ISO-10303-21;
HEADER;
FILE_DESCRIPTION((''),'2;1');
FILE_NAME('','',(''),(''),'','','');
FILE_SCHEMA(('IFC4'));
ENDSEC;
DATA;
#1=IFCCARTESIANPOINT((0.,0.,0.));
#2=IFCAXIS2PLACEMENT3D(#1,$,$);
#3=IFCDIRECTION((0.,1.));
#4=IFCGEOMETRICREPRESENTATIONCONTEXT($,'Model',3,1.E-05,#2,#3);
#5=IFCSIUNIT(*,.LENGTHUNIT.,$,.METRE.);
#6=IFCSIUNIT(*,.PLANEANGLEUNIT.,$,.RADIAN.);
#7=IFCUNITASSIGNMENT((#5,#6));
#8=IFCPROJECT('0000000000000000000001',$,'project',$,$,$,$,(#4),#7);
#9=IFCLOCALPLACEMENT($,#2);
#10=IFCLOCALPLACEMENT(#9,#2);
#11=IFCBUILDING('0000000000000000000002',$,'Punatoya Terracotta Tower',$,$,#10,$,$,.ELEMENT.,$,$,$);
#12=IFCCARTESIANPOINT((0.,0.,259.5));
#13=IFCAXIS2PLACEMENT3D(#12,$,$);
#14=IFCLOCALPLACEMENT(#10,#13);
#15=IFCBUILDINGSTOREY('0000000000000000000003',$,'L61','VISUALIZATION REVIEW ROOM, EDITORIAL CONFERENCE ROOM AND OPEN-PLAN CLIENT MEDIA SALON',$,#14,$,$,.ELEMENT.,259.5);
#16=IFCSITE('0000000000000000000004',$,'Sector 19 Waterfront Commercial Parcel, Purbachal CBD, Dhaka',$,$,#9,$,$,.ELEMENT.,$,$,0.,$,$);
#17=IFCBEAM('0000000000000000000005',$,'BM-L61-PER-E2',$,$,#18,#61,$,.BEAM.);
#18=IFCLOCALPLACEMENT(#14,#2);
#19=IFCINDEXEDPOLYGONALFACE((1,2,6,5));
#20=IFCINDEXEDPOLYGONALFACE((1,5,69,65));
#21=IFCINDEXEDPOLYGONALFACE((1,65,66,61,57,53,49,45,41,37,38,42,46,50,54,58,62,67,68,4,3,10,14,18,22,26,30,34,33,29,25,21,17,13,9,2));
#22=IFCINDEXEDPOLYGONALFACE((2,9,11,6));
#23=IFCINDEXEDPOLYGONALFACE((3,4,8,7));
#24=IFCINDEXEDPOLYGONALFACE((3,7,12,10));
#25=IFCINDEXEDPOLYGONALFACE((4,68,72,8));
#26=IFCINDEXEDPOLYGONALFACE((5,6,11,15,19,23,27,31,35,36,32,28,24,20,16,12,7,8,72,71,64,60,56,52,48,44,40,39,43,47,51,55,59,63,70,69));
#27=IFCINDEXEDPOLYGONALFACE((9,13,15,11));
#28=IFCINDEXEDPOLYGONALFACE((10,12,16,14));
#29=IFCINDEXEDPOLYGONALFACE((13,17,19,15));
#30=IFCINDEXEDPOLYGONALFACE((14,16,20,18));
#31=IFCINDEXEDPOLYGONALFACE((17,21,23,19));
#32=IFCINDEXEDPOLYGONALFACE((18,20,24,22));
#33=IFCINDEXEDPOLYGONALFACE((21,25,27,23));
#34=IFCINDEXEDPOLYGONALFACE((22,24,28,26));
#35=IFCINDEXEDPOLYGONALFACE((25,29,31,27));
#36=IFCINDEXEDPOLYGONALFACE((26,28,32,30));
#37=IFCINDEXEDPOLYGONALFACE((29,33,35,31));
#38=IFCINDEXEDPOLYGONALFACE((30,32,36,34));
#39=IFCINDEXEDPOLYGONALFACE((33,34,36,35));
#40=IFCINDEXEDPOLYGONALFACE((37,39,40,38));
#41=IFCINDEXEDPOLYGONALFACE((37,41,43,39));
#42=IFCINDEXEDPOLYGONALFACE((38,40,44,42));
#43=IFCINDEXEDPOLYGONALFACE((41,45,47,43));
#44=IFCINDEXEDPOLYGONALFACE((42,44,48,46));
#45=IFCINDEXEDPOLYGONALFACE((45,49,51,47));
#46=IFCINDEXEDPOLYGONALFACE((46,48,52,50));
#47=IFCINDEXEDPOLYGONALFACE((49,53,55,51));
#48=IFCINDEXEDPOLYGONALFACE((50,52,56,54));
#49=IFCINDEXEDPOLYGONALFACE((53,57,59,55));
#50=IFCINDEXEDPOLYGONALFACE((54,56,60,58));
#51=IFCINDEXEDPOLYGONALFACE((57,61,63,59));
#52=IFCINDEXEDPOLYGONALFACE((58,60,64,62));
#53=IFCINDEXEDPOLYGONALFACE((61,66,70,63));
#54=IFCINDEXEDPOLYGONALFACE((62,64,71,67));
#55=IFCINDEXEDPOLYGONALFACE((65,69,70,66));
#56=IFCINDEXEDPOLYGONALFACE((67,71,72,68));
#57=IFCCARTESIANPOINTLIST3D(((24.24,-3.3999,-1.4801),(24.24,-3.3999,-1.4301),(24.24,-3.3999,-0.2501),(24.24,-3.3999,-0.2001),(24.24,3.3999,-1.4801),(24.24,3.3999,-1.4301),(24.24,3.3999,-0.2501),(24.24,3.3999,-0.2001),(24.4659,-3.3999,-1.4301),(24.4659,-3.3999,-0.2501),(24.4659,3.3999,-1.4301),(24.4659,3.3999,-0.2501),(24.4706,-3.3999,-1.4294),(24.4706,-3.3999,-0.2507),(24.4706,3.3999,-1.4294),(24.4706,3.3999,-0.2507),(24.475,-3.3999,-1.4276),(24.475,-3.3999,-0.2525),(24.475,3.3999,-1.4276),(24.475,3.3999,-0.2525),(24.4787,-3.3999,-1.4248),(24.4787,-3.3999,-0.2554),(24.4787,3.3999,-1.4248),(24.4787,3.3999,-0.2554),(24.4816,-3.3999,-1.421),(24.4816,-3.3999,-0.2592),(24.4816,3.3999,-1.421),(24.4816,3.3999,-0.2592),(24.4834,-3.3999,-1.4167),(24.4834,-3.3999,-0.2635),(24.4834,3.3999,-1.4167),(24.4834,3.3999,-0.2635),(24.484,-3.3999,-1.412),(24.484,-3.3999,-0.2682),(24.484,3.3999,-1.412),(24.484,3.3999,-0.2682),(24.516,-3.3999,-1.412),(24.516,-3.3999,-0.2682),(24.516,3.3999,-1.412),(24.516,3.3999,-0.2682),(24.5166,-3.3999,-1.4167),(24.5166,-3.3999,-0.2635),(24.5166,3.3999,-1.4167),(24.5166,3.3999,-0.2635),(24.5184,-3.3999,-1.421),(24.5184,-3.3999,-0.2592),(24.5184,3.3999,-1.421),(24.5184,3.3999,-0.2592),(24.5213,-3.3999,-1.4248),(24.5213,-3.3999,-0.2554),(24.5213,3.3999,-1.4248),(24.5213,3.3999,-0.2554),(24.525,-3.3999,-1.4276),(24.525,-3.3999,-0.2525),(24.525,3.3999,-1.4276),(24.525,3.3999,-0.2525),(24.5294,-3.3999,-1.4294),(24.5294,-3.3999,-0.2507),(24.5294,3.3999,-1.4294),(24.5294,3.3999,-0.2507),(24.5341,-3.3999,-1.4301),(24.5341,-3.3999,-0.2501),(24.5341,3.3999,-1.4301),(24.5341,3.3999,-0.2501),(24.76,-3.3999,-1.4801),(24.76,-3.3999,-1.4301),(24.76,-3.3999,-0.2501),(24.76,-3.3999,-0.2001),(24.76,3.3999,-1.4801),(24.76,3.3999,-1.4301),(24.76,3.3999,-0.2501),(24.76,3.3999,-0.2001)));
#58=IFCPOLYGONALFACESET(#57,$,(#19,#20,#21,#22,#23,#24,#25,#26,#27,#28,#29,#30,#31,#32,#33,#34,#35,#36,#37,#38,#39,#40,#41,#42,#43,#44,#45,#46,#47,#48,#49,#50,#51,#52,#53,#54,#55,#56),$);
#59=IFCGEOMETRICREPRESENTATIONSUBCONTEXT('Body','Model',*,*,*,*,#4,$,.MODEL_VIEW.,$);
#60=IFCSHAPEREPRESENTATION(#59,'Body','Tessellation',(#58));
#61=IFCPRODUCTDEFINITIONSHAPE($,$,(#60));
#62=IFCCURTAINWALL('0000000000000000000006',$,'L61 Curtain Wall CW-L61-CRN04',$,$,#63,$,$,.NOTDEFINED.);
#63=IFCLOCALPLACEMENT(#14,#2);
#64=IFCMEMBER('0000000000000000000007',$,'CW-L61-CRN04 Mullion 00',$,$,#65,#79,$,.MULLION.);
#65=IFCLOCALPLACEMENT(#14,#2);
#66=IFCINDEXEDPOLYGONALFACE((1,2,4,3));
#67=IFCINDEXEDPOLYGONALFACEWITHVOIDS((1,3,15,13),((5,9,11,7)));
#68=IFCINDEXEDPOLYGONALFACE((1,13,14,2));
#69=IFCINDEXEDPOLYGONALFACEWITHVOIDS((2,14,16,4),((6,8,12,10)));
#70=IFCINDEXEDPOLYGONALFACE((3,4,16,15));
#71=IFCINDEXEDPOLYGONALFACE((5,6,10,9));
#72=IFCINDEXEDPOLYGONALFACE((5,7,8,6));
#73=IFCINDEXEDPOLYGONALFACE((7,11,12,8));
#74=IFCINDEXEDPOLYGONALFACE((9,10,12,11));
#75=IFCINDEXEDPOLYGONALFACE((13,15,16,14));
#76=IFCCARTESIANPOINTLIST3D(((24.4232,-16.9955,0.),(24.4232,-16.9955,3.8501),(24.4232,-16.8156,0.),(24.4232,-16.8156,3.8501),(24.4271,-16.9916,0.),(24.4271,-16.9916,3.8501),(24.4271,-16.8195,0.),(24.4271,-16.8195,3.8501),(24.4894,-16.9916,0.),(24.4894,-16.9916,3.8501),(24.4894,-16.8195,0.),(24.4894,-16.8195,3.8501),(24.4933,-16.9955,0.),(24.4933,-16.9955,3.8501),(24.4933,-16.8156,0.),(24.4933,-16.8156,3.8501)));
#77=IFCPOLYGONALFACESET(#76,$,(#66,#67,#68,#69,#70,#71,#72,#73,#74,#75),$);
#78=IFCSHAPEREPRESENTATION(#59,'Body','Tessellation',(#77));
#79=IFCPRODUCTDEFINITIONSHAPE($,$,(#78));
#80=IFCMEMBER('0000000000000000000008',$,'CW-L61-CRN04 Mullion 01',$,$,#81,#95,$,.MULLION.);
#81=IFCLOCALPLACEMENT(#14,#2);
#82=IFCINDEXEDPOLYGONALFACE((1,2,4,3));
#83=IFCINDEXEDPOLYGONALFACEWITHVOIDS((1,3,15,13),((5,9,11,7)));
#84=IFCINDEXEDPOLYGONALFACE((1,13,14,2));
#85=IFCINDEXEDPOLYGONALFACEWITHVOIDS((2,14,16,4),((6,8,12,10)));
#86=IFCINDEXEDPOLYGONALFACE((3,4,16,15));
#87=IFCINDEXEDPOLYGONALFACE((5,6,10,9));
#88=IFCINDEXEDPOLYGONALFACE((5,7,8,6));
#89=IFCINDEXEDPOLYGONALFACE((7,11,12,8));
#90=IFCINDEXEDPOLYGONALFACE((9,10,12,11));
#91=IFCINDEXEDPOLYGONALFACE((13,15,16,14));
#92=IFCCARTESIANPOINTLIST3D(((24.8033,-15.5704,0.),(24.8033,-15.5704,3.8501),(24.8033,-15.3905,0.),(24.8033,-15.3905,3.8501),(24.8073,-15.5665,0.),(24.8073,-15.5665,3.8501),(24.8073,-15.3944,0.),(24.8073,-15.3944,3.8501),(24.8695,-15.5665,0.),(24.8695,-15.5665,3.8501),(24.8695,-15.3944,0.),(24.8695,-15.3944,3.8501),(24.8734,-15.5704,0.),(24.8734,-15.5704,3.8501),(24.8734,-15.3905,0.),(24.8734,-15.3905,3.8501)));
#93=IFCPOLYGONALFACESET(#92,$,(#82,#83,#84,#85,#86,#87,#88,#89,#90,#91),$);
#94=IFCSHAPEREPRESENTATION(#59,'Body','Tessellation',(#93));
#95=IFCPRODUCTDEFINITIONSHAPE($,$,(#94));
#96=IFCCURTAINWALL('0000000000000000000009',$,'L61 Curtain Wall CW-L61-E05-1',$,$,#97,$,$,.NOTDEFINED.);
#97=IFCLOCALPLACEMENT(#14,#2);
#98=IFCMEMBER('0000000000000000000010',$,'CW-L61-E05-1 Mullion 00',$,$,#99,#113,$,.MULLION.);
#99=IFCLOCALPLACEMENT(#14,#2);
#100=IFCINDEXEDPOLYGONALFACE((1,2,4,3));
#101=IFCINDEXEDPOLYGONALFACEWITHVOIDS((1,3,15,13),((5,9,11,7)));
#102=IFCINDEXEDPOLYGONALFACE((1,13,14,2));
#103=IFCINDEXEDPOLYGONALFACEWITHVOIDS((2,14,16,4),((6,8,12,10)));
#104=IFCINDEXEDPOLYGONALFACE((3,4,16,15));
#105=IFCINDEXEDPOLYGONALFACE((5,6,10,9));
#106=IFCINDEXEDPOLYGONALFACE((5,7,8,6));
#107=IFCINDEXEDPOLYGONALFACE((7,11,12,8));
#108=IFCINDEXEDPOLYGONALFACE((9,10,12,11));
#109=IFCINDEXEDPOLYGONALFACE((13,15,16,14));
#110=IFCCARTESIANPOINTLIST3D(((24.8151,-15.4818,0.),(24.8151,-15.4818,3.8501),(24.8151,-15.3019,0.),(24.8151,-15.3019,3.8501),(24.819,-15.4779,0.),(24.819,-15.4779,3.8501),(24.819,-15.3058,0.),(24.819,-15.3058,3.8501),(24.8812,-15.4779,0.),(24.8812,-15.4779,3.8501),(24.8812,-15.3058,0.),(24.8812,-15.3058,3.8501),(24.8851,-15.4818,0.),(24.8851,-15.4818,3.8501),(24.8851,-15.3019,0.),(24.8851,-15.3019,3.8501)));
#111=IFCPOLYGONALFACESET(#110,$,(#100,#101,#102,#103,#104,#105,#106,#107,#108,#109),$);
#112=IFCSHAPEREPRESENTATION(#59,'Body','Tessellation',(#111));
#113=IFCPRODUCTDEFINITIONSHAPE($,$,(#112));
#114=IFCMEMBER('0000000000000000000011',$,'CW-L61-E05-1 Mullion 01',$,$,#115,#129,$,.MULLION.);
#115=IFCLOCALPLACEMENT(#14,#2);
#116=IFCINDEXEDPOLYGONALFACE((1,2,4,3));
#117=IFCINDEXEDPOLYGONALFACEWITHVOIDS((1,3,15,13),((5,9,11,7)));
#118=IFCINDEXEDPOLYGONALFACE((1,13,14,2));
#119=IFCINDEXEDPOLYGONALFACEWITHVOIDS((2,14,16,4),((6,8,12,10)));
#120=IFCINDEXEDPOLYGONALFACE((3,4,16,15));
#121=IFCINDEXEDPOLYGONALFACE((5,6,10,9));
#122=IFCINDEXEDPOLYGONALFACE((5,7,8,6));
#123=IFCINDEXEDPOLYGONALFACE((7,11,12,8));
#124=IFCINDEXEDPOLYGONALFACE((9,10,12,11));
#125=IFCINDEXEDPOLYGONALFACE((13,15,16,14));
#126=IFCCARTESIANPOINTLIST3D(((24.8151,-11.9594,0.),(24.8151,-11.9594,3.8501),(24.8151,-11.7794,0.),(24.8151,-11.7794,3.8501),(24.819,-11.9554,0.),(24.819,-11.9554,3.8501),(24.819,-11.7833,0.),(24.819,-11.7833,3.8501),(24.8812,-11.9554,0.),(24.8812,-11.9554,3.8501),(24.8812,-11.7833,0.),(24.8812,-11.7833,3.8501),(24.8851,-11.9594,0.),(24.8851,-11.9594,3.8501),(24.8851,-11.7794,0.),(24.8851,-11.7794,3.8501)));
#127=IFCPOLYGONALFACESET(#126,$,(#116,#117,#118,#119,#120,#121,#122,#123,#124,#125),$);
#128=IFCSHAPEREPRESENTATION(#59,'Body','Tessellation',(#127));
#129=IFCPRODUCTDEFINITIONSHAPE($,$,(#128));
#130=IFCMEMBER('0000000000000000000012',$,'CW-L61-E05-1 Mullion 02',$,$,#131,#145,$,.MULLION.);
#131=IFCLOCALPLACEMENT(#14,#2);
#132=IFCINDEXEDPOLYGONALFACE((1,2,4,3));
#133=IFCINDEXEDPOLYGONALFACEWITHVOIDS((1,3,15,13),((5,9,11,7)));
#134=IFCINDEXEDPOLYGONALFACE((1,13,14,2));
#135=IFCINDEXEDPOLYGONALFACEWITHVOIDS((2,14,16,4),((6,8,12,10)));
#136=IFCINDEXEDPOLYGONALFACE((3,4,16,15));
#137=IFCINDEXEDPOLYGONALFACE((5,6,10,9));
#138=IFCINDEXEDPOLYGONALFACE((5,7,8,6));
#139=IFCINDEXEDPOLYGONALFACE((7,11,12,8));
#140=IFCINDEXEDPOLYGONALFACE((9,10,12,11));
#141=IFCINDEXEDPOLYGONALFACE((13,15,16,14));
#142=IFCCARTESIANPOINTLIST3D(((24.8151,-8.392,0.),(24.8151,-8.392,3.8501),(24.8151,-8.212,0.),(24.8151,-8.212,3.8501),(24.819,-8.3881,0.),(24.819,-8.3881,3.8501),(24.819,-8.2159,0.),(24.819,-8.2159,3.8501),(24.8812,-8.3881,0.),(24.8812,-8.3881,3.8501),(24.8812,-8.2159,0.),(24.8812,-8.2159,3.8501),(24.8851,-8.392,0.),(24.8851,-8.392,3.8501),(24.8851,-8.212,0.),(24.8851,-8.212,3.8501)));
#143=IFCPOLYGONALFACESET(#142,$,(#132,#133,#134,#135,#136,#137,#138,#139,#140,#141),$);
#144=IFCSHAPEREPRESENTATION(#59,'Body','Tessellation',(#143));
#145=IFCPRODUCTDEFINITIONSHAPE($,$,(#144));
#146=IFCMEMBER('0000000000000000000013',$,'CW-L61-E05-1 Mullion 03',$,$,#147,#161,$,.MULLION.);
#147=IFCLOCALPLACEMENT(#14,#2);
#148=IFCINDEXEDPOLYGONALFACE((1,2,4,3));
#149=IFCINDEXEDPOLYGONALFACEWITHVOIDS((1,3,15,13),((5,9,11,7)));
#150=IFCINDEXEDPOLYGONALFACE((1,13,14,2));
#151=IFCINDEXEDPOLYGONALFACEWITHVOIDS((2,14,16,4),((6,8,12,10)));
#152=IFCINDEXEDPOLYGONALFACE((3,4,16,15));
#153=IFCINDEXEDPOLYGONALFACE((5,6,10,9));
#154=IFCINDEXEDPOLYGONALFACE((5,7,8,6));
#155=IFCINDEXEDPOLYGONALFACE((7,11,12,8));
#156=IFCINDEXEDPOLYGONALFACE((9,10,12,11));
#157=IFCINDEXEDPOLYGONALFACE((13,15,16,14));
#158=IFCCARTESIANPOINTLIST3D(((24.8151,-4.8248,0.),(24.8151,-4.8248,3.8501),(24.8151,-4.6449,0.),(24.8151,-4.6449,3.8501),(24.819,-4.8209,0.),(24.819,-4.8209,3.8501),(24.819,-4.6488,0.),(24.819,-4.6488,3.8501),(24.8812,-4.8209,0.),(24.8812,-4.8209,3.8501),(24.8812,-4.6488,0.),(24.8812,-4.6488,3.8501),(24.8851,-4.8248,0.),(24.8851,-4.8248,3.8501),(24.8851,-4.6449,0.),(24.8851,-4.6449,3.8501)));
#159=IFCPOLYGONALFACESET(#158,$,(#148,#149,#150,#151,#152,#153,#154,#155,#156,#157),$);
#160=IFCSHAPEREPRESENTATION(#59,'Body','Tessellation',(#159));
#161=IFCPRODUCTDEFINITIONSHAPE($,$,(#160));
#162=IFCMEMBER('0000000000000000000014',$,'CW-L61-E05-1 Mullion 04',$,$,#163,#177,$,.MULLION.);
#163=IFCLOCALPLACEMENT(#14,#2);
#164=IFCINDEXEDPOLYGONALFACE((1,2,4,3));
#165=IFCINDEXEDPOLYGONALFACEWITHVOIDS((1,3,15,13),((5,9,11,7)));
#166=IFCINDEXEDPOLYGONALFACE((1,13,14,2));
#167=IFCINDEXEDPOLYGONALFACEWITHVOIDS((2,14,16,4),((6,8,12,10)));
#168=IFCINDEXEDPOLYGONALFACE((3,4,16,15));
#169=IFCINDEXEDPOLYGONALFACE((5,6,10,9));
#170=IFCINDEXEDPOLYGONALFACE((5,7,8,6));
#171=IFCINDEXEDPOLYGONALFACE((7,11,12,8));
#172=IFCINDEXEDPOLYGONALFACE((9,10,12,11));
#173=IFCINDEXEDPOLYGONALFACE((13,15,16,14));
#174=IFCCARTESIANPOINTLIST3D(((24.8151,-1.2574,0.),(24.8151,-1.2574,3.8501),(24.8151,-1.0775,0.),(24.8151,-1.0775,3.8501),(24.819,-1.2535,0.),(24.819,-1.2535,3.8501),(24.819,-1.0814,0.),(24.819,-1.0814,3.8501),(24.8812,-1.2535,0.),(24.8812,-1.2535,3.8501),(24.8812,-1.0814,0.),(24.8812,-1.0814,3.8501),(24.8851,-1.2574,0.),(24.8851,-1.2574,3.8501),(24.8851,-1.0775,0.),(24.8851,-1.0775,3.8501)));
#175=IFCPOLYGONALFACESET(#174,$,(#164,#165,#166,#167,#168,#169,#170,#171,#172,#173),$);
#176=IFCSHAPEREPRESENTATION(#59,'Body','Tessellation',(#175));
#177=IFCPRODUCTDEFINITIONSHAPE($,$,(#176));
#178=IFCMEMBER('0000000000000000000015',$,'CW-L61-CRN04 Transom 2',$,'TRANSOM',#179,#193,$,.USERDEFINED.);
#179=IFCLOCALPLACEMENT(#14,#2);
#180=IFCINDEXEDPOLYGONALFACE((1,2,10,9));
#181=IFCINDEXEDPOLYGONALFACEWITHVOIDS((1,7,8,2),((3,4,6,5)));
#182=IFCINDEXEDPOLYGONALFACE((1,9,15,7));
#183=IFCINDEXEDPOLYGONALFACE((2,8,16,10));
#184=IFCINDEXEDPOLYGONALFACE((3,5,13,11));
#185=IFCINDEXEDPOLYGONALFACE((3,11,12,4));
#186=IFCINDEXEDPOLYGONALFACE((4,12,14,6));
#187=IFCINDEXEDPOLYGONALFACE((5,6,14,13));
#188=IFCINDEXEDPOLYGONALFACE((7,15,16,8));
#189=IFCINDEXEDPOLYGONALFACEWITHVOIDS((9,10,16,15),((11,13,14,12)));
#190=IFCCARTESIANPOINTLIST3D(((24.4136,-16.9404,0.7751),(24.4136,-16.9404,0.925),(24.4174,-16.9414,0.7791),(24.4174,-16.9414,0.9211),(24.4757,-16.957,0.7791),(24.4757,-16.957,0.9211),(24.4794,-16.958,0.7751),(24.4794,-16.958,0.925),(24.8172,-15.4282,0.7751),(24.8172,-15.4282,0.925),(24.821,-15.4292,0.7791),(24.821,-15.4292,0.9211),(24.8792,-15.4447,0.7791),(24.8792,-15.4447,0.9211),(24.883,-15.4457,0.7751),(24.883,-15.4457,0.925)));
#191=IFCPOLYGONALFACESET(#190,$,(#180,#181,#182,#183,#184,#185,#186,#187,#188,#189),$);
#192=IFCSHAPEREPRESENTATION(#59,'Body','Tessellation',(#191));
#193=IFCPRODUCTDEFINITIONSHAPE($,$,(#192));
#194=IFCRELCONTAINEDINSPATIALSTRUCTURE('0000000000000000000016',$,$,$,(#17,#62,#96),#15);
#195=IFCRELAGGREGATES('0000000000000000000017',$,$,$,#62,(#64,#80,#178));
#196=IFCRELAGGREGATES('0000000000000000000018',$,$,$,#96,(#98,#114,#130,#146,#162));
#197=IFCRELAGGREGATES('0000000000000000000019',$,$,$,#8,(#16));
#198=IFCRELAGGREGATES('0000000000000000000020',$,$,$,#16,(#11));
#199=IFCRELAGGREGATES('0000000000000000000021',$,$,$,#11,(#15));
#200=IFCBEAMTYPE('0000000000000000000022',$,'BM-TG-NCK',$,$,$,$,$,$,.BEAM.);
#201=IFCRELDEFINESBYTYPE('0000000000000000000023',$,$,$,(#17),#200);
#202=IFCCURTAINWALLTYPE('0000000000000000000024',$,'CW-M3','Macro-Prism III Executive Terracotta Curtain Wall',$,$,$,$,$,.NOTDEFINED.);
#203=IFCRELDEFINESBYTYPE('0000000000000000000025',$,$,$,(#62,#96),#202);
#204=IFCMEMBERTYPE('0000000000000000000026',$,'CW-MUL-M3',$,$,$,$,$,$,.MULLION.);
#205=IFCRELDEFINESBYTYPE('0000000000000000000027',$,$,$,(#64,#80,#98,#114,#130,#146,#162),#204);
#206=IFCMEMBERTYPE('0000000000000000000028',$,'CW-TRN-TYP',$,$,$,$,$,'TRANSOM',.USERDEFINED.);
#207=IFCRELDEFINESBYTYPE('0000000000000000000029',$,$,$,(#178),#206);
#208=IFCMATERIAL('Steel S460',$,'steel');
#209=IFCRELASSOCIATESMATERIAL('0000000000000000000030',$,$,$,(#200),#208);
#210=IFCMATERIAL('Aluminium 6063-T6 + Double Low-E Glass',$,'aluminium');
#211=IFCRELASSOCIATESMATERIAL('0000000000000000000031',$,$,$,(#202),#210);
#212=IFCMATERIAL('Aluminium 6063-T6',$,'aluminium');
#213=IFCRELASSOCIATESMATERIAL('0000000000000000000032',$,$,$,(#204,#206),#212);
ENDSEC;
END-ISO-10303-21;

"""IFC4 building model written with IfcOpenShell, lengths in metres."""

from ifc_helpers import new_model, si_unit, direction, frame, origin, origin_2d, place, context, subcontext, project, spatial, hollow_rectangle, i_section, extrude, material, material_profile, profile_set, type_object, element, aggregate, save


model = new_model("IFC4")

# Units and contexts
model_context = context("Model", 3, precision=1e-05, world=origin(), true_north=direction((0.0, 1.0)))
body_context = subcontext(model_context, "Body", "Model", "MODEL_VIEW")
ifc_project = project(units=[si_unit("LENGTHUNIT", "METRE"), si_unit("PLANEANGLEUNIT", "RADIAN")], contexts=[model_context])

# Site, building, storey
site_placement = place(None, origin())
site = spatial("IfcSite", under=ifc_project, at=site_placement, Name="Sector 19 Waterfront Commercial Parcel, Purbachal CBD, Dhaka", CompositionType="ELEMENT", RefElevation=0.0)
building_placement = place(site_placement, origin())
building = spatial("IfcBuilding", under=site, at=building_placement, Name="Punatoya Terracotta Tower", CompositionType="ELEMENT")
storey_placement = place(building_placement, frame((0.0, 0.0, 259.5)))
storey = spatial("IfcBuildingStorey", under=building, at=storey_placement, Name="L61", Description="VISUALIZATION REVIEW ROOM, EDITORIAL CONFERENCE ROOM AND OPEN-PLAN CLIENT MEDIA SALON", CompositionType="ELEMENT", Elevation=259.5)

# Shared definitions
ifc_material_1 = material(Name="Steel S460", Category="steel")

# Beam
ifc_material_profile_1 = material_profile(ifc_material_1, i_section(OverallWidth=0.52, OverallDepth=1.28, WebThickness=0.032, FlangeThickness=0.05, FilletRadius=0.0181, at=origin_2d()))
ifc_profile_set_1 = profile_set([ifc_material_profile_1], Name="Steel S460")
beam_type_1 = type_object("IfcBeamType", Name="BM-TG-NCK", PredefinedType="BEAM", material=ifc_profile_set_1)
beam_1_placement = place(storey_placement, frame((24.5, -3.3999, -0.8401), z_axis=(0.0, 1.0, 0.0), x_axis=(-1.0, 0.0, 0.0)))
element("IfcBeam", 1, at=beam_1_placement, inside=storey, type_object=beam_type_1, Name="BM-L61-PER-E2", PredefinedType="BEAM", context=body_context, shape_type="SweptSolid", body=[
    extrude(i_section(OverallWidth=0.52, OverallDepth=1.28, WebThickness=0.032, FlangeThickness=0.05, FilletRadius=0.0181, at=origin_2d()), origin(), (0.0, 0.0, 1.0), 6.7998),
])

# Curtain walls, members
ifc_material_2 = material(Name="Aluminium 6063-T6 + Double Low-E Glass", Category="aluminium")
curtain_wall_type = type_object("IfcCurtainWallType", Name="CW-M3", Description="Macro-Prism III Executive Terracotta Curtain Wall", PredefinedType="NOTDEFINED", material=ifc_material_2)
curtain_wall_1_placement = place(storey_placement, origin())
curtain_wall_1 = element("IfcCurtainWall", 2, at=curtain_wall_1_placement, inside=storey, type_object=curtain_wall_type, Name="L61 Curtain Wall CW-L61-CRN04", PredefinedType="NOTDEFINED")
ifc_material_3 = material(Name="Aluminium 6063-T6", Category="aluminium")
ifc_material_profile_2 = material_profile(ifc_material_3, hollow_rectangle(XDim=0.0701, YDim=0.1799, WallThickness=0.0039, at=origin_2d()))
ifc_profile_set_2 = profile_set([ifc_material_profile_2], Name="Aluminium 6063-T6")
member_type_1 = type_object("IfcMemberType", Name="CW-MUL-M3", PredefinedType="MULLION", material=ifc_profile_set_2)
member_1_placement = place(storey_placement, frame((24.4583, -16.9055, 0.0), z_axis=(0.0, 0.0, 1.0), x_axis=(1.0, 0.0, 0.0)))
member_1 = element("IfcMember", 3, at=member_1_placement, type_object=member_type_1, Name="CW-L61-CRN04 Mullion 00", PredefinedType="MULLION", context=body_context, shape_type="SweptSolid", body=[
    extrude(hollow_rectangle(XDim=0.0701, YDim=0.1799, WallThickness=0.0039, at=origin_2d()), origin(), (0.0, 0.0, 1.0), 3.8501),
])
member_2_placement = place(storey_placement, frame((24.8384, -15.4805, 0.0), z_axis=(0.0, 0.0, 1.0), x_axis=(1.0, 0.0, 0.0)))
member_2 = element("IfcMember", 4, at=member_2_placement, type_object=member_type_1, Name="CW-L61-CRN04 Mullion 01", PredefinedType="MULLION", context=body_context, shape_type="SweptSolid", body=[
    extrude(hollow_rectangle(XDim=0.0701, YDim=0.1799, WallThickness=0.0039, at=origin_2d()), origin(), (0.0, 0.0, 1.0), 3.8501),
])
curtain_wall_2_placement = place(storey_placement, origin())
curtain_wall_2 = element("IfcCurtainWall", 5, at=curtain_wall_2_placement, inside=storey, type_object=curtain_wall_type, Name="L61 Curtain Wall CW-L61-E05-1", PredefinedType="NOTDEFINED")
member_3_placement = place(storey_placement, frame((24.8501, -15.3918, 0.0), z_axis=(0.0, 0.0, 1.0), x_axis=(1.0, 0.0, 0.0)))
member_3 = element("IfcMember", 6, at=member_3_placement, type_object=member_type_1, Name="CW-L61-E05-1 Mullion 00", PredefinedType="MULLION", context=body_context, shape_type="SweptSolid", body=[
    extrude(hollow_rectangle(XDim=0.0701, YDim=0.1799, WallThickness=0.0039, at=origin_2d()), origin(), (0.0, 0.0, 1.0), 3.8501),
])
member_4_placement = place(storey_placement, frame((24.8501, -11.8694, 0.0), z_axis=(0.0, 0.0, 1.0), x_axis=(1.0, 0.0, 0.0)))
member_4 = element("IfcMember", 7, at=member_4_placement, type_object=member_type_1, Name="CW-L61-E05-1 Mullion 01", PredefinedType="MULLION", context=body_context, shape_type="SweptSolid", body=[
    extrude(hollow_rectangle(XDim=0.0701, YDim=0.1799, WallThickness=0.0039, at=origin_2d()), origin(), (0.0, 0.0, 1.0), 3.8501),
])
member_5_placement = place(storey_placement, frame((24.8501, -8.302, 0.0), z_axis=(0.0, 0.0, 1.0), x_axis=(1.0, 0.0, 0.0)))
member_5 = element("IfcMember", 8, at=member_5_placement, type_object=member_type_1, Name="CW-L61-E05-1 Mullion 02", PredefinedType="MULLION", context=body_context, shape_type="SweptSolid", body=[
    extrude(hollow_rectangle(XDim=0.0701, YDim=0.1799, WallThickness=0.0039, at=origin_2d()), origin(), (0.0, 0.0, 1.0), 3.8501),
])
member_6_placement = place(storey_placement, frame((24.8501, -4.7349, 0.0), z_axis=(0.0, 0.0, 1.0), x_axis=(1.0, 0.0, 0.0)))
member_6 = element("IfcMember", 9, at=member_6_placement, type_object=member_type_1, Name="CW-L61-E05-1 Mullion 03", PredefinedType="MULLION", context=body_context, shape_type="SweptSolid", body=[
    extrude(hollow_rectangle(XDim=0.0701, YDim=0.1799, WallThickness=0.0039, at=origin_2d()), origin(), (0.0, 0.0, 1.0), 3.8501),
])
member_7_placement = place(storey_placement, frame((24.8501, -1.1675, 0.0), z_axis=(0.0, 0.0, 1.0), x_axis=(1.0, 0.0, 0.0)))
member_7 = element("IfcMember", 10, at=member_7_placement, type_object=member_type_1, Name="CW-L61-E05-1 Mullion 04", PredefinedType="MULLION", context=body_context, shape_type="SweptSolid", body=[
    extrude(hollow_rectangle(XDim=0.0701, YDim=0.1799, WallThickness=0.0039, at=origin_2d()), origin(), (0.0, 0.0, 1.0), 3.8501),
])

# Member
ifc_material_profile_3 = material_profile(ifc_material_3, hollow_rectangle(XDim=0.0681, YDim=0.1499, WallThickness=0.0039, at=origin_2d()))
ifc_profile_set_3 = profile_set([ifc_material_profile_3], Name="Aluminium 6063-T6")
member_type_2 = type_object("IfcMemberType", Name="CW-TRN-TYP", ElementType="TRANSOM", PredefinedType="USERDEFINED", material=ifc_profile_set_3)
member_8_placement = place(storey_placement, frame((24.4465, -16.9492, 0.8501), z_axis=(0.257847, 0.966186, 0.0), x_axis=(-0.966186, 0.257847, 0.0)))
member_8 = element("IfcMember", 11, at=member_8_placement, type_object=member_type_2, Name="CW-L61-CRN04 Transom 2", ObjectType="TRANSOM", PredefinedType="USERDEFINED", context=body_context, shape_type="SweptSolid", body=[
    extrude(hollow_rectangle(XDim=0.0681, YDim=0.1499, WallThickness=0.0039, at=origin_2d()), origin(), (0.0, 0.0, 1.0), 1.5652),
])

aggregate(curtain_wall_1, [member_1, member_2, member_8])
aggregate(curtain_wall_2, [member_3, member_4, member_5, member_6, member_7])

save(model, "model.ifc")
